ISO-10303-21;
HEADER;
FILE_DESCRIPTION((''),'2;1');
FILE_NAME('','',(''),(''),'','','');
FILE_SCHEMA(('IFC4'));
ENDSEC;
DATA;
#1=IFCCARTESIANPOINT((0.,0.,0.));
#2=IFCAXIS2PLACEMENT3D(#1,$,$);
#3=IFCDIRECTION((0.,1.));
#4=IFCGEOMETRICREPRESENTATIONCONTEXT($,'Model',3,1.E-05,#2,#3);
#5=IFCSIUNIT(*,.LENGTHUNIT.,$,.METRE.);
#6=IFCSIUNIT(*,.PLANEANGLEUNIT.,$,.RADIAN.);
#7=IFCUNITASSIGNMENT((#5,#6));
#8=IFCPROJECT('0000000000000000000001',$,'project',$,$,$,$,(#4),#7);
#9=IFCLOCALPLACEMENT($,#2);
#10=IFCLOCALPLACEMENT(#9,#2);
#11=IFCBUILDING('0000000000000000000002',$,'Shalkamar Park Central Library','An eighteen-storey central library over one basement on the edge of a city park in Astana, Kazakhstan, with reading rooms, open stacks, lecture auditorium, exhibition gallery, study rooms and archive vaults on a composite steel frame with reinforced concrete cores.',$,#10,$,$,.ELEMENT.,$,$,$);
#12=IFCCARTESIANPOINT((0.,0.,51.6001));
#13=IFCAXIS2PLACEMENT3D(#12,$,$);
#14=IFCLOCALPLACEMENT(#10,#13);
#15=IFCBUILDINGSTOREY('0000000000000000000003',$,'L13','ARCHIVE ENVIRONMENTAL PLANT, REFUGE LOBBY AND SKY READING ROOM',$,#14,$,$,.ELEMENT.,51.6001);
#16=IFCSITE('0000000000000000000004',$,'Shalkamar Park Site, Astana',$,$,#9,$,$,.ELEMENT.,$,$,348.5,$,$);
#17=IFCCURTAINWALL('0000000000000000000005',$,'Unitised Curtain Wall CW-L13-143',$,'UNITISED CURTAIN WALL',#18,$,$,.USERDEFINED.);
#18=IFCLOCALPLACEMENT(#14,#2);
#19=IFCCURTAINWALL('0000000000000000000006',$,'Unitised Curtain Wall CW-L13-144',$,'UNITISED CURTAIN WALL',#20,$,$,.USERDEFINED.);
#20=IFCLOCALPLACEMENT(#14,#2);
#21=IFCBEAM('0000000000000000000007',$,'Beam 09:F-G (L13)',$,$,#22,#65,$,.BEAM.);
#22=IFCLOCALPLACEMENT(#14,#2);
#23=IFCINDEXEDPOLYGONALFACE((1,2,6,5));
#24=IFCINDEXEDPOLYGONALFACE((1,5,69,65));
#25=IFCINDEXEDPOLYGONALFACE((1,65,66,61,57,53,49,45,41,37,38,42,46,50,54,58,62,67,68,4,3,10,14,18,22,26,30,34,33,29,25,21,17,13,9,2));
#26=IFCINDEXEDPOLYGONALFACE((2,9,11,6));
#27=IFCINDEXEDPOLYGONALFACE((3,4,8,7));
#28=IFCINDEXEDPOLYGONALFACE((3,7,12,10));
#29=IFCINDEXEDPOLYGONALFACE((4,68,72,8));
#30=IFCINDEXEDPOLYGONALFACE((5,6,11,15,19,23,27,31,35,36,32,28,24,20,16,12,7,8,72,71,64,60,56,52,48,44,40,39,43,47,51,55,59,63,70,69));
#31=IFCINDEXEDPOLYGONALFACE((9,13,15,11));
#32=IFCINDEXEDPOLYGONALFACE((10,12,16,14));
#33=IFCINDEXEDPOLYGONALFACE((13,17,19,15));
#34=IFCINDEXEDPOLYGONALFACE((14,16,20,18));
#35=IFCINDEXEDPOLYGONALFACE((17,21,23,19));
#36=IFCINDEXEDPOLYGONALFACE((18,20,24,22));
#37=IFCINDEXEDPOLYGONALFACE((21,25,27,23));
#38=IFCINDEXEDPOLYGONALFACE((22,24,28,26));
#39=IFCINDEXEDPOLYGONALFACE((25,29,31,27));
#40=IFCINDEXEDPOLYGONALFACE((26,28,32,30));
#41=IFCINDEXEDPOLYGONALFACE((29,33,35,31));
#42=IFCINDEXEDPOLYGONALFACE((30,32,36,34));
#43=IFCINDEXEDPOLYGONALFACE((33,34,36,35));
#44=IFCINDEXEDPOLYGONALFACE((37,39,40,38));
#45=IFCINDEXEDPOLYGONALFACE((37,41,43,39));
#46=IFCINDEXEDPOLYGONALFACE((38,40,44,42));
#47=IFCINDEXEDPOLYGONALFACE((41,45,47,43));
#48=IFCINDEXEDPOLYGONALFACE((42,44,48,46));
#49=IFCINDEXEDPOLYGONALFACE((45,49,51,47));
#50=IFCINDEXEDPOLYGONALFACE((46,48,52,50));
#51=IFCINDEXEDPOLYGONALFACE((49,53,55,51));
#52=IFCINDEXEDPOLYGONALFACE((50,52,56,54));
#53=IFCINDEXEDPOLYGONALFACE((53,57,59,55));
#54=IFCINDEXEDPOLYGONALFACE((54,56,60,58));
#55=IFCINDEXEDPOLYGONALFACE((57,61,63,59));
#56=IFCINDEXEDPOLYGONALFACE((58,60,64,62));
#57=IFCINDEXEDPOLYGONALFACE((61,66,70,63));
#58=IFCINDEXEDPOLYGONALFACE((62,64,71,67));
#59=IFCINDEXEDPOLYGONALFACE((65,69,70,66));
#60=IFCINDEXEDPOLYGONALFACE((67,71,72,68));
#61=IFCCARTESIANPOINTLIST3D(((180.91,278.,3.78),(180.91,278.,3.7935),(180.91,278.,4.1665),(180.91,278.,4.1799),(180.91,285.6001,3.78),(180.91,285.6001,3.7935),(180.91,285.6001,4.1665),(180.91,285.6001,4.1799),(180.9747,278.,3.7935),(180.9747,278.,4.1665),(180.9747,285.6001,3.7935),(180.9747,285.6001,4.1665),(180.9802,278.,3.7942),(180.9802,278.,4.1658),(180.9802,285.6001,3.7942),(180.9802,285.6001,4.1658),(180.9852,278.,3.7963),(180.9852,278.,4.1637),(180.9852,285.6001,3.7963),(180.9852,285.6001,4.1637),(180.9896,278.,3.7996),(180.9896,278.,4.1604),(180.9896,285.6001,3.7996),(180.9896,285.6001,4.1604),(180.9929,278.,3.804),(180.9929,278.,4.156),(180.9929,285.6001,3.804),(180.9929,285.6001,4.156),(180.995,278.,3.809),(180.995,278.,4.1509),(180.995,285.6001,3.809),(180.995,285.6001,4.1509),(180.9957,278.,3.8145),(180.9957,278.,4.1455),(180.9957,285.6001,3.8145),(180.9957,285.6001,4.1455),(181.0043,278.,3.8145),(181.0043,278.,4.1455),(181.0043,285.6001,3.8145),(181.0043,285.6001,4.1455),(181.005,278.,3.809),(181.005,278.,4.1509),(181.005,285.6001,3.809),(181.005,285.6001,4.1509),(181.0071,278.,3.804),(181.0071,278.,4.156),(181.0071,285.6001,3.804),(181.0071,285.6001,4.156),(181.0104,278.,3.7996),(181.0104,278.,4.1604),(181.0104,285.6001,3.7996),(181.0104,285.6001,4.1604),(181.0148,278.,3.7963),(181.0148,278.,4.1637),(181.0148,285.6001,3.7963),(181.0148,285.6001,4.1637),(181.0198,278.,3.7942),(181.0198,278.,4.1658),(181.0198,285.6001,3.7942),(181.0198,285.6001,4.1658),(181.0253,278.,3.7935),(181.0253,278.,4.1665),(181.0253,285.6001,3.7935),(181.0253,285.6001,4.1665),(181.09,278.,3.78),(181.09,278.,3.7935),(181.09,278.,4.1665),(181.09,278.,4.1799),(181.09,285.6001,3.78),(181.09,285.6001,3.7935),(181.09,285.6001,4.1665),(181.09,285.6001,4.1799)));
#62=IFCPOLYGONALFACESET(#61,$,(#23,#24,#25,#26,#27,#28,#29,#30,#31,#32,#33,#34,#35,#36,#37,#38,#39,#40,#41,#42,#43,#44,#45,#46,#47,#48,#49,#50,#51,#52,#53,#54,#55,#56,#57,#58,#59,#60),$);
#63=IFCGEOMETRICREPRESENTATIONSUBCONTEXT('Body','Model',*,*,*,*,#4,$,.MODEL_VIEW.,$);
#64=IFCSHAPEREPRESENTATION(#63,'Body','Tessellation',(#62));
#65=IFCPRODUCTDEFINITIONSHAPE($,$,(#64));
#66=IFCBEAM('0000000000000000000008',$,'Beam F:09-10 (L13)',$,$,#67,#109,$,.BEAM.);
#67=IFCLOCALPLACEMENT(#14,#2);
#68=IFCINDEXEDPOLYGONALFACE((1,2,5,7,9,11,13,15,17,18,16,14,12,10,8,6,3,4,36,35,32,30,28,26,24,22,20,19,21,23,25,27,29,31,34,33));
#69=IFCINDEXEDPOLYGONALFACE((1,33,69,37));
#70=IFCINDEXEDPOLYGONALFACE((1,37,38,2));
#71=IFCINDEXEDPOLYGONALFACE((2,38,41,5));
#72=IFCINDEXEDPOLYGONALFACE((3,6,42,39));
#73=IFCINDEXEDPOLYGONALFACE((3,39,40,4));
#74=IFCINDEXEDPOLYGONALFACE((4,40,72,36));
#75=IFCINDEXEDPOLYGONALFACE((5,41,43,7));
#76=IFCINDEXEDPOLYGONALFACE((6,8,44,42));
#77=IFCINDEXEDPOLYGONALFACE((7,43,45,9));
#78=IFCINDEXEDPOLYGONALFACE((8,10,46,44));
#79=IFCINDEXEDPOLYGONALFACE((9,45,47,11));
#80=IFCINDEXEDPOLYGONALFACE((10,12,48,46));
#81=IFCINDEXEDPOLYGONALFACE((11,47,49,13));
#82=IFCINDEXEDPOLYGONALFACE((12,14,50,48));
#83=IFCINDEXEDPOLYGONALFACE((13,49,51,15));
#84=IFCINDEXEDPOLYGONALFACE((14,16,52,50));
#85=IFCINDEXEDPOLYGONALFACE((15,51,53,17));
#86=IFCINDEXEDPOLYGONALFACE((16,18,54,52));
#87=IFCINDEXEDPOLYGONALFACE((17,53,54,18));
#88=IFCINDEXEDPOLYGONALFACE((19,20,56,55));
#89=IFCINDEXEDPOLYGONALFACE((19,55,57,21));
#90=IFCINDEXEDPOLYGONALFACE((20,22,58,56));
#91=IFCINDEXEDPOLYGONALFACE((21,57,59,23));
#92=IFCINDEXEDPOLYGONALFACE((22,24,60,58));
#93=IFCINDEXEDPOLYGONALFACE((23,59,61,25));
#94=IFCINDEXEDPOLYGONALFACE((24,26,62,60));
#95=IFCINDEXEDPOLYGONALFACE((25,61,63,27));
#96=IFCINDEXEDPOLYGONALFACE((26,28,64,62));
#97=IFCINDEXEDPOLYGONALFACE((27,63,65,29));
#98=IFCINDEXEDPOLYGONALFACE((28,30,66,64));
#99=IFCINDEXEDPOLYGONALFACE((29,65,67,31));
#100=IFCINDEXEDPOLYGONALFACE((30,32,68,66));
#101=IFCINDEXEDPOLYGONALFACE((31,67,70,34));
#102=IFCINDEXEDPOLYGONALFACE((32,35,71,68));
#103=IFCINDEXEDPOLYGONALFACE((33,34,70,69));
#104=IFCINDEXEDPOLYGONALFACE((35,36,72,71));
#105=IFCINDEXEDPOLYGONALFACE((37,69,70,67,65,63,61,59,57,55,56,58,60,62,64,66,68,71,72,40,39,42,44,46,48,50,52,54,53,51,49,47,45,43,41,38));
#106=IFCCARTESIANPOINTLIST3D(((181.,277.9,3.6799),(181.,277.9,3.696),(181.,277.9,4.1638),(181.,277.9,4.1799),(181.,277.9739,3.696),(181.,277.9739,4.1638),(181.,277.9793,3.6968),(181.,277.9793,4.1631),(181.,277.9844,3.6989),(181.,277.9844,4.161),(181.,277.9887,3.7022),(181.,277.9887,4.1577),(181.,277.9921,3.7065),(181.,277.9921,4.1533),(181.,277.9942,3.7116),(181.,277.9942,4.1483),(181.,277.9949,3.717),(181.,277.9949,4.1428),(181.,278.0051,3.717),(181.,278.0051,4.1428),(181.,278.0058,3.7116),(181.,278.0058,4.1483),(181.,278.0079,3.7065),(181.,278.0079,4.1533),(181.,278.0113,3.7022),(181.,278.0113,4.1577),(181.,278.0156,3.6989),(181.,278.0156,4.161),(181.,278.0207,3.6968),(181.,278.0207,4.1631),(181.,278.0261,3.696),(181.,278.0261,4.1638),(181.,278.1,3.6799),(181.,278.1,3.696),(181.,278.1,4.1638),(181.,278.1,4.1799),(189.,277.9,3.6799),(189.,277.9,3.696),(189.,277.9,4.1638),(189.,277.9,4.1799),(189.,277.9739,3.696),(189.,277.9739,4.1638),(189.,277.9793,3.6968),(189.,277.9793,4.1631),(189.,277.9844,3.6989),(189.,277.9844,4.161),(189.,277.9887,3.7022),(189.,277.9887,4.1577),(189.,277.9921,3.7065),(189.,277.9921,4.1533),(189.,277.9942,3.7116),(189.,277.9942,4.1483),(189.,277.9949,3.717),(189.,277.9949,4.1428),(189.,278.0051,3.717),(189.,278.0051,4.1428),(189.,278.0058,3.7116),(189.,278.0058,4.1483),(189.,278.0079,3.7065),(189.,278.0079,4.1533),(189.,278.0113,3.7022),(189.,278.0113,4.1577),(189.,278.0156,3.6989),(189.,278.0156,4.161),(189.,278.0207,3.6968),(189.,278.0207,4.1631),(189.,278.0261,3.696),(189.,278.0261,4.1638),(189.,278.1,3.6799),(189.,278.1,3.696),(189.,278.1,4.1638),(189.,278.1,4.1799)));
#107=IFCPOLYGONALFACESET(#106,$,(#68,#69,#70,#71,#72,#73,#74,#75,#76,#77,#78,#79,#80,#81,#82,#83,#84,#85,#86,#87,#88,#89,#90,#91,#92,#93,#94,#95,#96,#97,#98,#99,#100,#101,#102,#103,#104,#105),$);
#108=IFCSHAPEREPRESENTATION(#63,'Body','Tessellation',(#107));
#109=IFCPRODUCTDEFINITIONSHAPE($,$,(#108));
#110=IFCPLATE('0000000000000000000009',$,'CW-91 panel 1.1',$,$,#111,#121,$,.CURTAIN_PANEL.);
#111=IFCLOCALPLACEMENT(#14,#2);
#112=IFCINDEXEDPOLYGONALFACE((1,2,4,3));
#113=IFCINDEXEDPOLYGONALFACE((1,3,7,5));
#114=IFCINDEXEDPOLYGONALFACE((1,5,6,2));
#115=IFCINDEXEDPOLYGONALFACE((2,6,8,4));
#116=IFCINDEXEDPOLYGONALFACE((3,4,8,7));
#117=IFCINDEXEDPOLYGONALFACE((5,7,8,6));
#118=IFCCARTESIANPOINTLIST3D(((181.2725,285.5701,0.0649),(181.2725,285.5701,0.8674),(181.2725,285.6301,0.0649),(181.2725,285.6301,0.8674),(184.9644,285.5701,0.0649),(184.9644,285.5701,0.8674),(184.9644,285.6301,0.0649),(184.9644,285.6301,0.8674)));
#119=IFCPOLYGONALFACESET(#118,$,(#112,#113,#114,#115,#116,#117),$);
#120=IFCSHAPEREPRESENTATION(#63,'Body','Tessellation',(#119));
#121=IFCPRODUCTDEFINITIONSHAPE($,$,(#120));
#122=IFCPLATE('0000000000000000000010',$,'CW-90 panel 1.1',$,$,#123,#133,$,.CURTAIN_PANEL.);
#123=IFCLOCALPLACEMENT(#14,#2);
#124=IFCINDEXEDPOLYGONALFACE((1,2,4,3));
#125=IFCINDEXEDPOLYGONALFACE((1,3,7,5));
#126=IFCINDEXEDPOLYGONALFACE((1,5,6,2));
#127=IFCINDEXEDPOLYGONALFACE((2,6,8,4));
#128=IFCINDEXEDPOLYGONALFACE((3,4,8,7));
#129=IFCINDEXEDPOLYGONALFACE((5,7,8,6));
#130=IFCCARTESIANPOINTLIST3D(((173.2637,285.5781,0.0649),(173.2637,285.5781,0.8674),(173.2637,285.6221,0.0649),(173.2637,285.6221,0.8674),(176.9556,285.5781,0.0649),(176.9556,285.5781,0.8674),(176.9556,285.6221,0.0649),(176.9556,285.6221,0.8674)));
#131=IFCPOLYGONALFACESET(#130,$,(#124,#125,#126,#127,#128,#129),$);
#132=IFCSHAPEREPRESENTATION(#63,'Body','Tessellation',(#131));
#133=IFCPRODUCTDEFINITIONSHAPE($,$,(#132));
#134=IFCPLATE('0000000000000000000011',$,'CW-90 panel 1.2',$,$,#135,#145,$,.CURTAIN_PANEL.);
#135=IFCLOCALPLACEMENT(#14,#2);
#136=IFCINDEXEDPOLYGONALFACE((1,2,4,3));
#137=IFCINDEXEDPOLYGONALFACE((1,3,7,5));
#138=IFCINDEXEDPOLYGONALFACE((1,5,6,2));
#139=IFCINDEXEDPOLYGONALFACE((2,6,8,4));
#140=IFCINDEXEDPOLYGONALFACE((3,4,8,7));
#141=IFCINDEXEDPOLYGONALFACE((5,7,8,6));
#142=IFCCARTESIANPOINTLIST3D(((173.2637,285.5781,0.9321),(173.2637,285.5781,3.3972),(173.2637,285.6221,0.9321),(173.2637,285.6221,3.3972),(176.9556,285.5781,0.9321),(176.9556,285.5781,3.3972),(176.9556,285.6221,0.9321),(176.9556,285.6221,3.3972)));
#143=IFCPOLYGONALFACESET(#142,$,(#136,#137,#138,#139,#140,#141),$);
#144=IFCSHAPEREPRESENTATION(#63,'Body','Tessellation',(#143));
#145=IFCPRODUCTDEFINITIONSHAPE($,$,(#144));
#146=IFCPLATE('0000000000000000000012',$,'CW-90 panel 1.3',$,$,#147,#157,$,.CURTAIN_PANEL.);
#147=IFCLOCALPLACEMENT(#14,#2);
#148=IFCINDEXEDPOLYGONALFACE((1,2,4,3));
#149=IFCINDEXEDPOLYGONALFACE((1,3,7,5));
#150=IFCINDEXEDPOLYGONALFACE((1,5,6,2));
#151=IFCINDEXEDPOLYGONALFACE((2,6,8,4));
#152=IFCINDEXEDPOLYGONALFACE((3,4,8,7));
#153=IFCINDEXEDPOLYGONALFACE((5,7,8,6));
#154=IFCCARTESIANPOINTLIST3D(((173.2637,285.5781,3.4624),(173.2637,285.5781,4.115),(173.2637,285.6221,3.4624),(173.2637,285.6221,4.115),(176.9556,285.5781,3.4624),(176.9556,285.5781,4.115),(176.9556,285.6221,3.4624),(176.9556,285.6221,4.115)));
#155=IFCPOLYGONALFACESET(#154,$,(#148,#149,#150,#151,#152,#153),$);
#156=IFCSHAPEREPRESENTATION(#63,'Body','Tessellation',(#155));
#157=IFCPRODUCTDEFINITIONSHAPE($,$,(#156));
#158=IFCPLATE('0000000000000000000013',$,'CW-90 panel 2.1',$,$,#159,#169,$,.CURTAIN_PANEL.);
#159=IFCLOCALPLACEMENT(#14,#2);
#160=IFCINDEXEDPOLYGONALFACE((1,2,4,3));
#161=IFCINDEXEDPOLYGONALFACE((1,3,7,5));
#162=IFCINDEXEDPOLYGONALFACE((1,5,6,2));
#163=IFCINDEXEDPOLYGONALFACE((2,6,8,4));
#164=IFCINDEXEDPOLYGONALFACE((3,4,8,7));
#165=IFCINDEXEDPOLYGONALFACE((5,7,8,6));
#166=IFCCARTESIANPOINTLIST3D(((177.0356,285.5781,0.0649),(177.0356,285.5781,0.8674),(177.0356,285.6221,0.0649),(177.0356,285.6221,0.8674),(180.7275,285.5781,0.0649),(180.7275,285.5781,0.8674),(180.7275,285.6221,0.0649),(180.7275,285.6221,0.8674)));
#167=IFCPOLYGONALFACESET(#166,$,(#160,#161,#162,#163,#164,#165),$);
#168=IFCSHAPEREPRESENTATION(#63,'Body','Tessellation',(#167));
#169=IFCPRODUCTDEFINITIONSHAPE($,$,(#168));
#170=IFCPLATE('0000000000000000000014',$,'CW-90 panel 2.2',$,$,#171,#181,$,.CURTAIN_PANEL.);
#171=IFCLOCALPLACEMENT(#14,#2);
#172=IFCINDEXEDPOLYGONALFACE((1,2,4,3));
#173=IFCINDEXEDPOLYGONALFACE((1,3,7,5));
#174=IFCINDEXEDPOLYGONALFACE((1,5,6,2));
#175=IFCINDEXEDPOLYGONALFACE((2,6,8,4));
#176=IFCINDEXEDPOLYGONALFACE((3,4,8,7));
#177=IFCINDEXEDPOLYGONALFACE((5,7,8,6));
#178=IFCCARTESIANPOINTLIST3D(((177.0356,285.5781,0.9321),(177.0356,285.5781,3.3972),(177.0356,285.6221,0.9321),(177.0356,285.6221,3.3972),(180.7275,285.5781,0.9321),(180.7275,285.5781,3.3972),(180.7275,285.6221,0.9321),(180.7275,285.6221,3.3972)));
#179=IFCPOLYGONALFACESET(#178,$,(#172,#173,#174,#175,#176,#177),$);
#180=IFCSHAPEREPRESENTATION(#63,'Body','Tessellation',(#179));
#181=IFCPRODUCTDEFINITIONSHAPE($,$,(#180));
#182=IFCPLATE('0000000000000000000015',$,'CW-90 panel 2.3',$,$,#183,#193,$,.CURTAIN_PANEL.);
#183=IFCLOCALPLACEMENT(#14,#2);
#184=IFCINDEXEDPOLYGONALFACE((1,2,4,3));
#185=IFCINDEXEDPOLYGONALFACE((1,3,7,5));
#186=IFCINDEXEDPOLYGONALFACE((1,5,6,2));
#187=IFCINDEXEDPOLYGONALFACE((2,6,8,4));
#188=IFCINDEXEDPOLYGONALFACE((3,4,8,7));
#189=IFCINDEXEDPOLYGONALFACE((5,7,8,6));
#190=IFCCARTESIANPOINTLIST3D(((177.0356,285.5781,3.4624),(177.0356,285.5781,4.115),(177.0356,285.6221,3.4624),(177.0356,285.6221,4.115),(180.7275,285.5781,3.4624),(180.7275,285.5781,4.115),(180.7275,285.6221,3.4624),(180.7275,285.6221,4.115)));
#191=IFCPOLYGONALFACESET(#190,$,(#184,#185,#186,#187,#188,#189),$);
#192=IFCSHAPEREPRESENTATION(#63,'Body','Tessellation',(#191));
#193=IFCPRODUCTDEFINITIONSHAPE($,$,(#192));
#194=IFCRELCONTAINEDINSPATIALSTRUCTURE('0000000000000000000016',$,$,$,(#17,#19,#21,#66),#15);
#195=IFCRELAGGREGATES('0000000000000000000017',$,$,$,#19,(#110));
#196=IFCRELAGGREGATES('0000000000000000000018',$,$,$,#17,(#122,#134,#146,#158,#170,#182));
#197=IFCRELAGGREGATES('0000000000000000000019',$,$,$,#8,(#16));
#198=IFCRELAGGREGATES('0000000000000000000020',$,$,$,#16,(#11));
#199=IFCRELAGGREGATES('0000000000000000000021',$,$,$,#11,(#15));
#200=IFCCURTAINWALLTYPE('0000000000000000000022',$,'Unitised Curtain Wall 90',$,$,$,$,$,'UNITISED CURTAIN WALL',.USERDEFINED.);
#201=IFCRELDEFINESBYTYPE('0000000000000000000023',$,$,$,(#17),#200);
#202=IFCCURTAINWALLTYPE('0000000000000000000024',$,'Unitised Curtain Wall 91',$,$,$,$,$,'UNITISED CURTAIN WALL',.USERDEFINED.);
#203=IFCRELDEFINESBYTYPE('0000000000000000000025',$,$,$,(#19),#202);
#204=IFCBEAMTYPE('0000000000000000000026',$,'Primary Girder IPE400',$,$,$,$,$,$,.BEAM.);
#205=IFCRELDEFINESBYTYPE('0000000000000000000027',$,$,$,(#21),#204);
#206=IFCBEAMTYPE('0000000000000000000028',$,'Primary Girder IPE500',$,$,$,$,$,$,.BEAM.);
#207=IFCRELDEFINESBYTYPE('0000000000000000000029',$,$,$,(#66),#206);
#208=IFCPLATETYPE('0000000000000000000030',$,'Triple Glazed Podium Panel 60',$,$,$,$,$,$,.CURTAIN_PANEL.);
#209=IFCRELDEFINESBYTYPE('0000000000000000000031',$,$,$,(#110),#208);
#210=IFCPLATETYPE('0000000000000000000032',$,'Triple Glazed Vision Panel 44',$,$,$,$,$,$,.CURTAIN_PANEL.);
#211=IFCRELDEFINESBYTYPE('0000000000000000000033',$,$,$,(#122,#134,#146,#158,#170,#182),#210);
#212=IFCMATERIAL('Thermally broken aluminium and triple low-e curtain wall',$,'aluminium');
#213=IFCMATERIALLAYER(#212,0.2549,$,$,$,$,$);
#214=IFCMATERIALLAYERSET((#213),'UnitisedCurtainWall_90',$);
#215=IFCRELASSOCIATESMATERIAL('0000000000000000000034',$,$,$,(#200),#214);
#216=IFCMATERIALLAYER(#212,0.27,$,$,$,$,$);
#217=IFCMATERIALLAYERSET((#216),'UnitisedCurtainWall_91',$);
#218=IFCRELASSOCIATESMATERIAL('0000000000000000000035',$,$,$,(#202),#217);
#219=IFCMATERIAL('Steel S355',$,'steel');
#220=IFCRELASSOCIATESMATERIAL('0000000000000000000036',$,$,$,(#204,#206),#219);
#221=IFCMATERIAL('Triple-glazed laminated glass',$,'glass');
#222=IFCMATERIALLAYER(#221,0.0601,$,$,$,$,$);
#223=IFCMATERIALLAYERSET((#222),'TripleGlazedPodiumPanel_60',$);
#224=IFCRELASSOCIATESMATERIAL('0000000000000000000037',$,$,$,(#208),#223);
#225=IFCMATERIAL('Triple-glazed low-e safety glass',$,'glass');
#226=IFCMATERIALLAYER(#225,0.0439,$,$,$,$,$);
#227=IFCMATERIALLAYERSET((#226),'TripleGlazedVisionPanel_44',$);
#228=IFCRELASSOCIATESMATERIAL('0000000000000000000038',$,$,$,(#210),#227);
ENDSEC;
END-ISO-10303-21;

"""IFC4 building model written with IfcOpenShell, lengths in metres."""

from ifc_helpers import new_model, si_unit, direction, frame, origin, origin_2d, place, context, subcontext, project, spatial, rectangle, i_section, extrude, material, layer, layer_set, material_profile, profile_set, type_object, element, aggregate, save


model = new_model("IFC4")

# Units and contexts
model_context = context("Model", 3, precision=1e-05, world=origin(), true_north=direction((0.0, 1.0)))
body_context = subcontext(model_context, "Body", "Model", "MODEL_VIEW")
ifc_project = project(units=[si_unit("LENGTHUNIT", "METRE"), si_unit("PLANEANGLEUNIT", "RADIAN")], contexts=[model_context])

# Site, building, storey
site_placement = place(None, origin())
site = spatial("IfcSite", under=ifc_project, at=site_placement, Name="Shalkamar Park Site, Astana", CompositionType="ELEMENT", RefElevation=348.5)
building_placement = place(site_placement, origin())
building = spatial("IfcBuilding", under=site, at=building_placement, Name="Shalkamar Park Central Library", Description="An eighteen-storey central library over one basement on the edge of a city park in Astana, Kazakhstan, with reading rooms, open stacks, lecture auditorium, exhibition gallery, study rooms and archive vaults on a composite steel frame with reinforced concrete cores.", CompositionType="ELEMENT")
storey_placement = place(building_placement, frame((0.0, 0.0, 51.6001)))
storey = spatial("IfcBuildingStorey", under=building, at=storey_placement, Name="L13", Description="ARCHIVE ENVIRONMENTAL PLANT, REFUGE LOBBY AND SKY READING ROOM", CompositionType="ELEMENT", Elevation=51.6001)

# Shared definitions
ifc_material_1 = material(Name="Steel S355", Category="steel")

# Curtain wall
ifc_material_2 = material(Name="Thermally broken aluminium and triple low-e curtain wall", Category="aluminium")
ifc_layer_1 = layer(ifc_material_2, 0.2549)
ifc_layer_set_1 = layer_set([ifc_layer_1], Name="UnitisedCurtainWall_90")
curtain_wall_type_1 = type_object("IfcCurtainWallType", Name="Unitised Curtain Wall 90", ElementType="UNITISED CURTAIN WALL", PredefinedType="USERDEFINED", material=ifc_layer_set_1)
curtain_wall_1_placement = place(storey_placement, origin())
curtain_wall_1 = element("IfcCurtainWall", 1, at=curtain_wall_1_placement, inside=storey, type_object=curtain_wall_type_1, Name="Unitised Curtain Wall CW-L13-143", ObjectType="UNITISED CURTAIN WALL", PredefinedType="USERDEFINED")

# Curtain wall
ifc_layer_2 = layer(ifc_material_2, 0.27)
ifc_layer_set_2 = layer_set([ifc_layer_2], Name="UnitisedCurtainWall_91")
curtain_wall_type_2 = type_object("IfcCurtainWallType", Name="Unitised Curtain Wall 91", ElementType="UNITISED CURTAIN WALL", PredefinedType="USERDEFINED", material=ifc_layer_set_2)
curtain_wall_2_placement = place(storey_placement, origin())
curtain_wall_2 = element("IfcCurtainWall", 2, at=curtain_wall_2_placement, inside=storey, type_object=curtain_wall_type_2, Name="Unitised Curtain Wall CW-L13-144", ObjectType="UNITISED CURTAIN WALL", PredefinedType="USERDEFINED")

# Beams
ifc_material_profile_1 = material_profile(ifc_material_1, i_section(OverallWidth=0.1799, OverallDepth=0.3999, WebThickness=0.0085, FlangeThickness=0.0134, FilletRadius=0.021, at=origin_2d()), Name="IPE 400")
ifc_profile_set_1 = profile_set([ifc_material_profile_1], Name="Steel S355")
beam_type_1 = type_object("IfcBeamType", Name="Primary Girder IPE400", PredefinedType="BEAM", material=ifc_profile_set_1)
beam_1_placement = place(storey_placement, frame((181.0, 278.0, 3.98), z_axis=(0.0, 1.0, 0.0), x_axis=(-1.0, 0.0, 0.0)))
element("IfcBeam", 3, at=beam_1_placement, inside=storey, type_object=beam_type_1, Name="Beam 09:F-G (L13)", PredefinedType="BEAM", context=body_context, shape_type="SweptSolid", body=[
    extrude(i_section(OverallWidth=0.1799, OverallDepth=0.3999, WebThickness=0.0085, FlangeThickness=0.0134, FilletRadius=0.021, at=origin_2d()), origin(), (0.0, 0.0, 1.0), 7.6001),
])
ifc_material_profile_2 = material_profile(ifc_material_1, i_section(OverallWidth=0.2, OverallDepth=0.5, WebThickness=0.0103, FlangeThickness=0.0161, FilletRadius=0.021, at=origin_2d()), Name="IPE 500")
ifc_profile_set_2 = profile_set([ifc_material_profile_2], Name="Steel S355")
beam_type_2 = type_object("IfcBeamType", Name="Primary Girder IPE500", PredefinedType="BEAM", material=ifc_profile_set_2)
beam_2_placement = place(storey_placement, frame((181.0, 278.0, 3.9299), z_axis=(1.0, 0.0, 0.0), x_axis=(0.0, 1.0, 0.0)))
element("IfcBeam", 4, at=beam_2_placement, inside=storey, type_object=beam_type_2, Name="Beam F:09-10 (L13)", PredefinedType="BEAM", context=body_context, shape_type="SweptSolid", body=[
    extrude(i_section(OverallWidth=0.2, OverallDepth=0.5, WebThickness=0.0103, FlangeThickness=0.0161, FilletRadius=0.021, at=origin_2d()), origin(), (0.0, 0.0, 1.0), 8.0),
])

# Plates
ifc_material_3 = material(Name="Triple-glazed laminated glass", Category="glass")
ifc_layer_3 = layer(ifc_material_3, 0.0601)
ifc_layer_set_3 = layer_set([ifc_layer_3], Name="TripleGlazedPodiumPanel_60")
plate_type_1 = type_object("IfcPlateType", Name="Triple Glazed Podium Panel 60", PredefinedType="CURTAIN_PANEL", material=ifc_layer_set_3)
plate_1_placement = place(storey_placement, frame((183.1184, 285.6001, 0.0649), z_axis=(0.0, 0.0, 1.0), x_axis=(1.0, 0.0, 0.0)))
plate_1 = element("IfcPlate", 5, at=plate_1_placement, type_object=plate_type_1, Name="CW-91 panel 1.1", PredefinedType="CURTAIN_PANEL", context=body_context, shape_type="SweptSolid", body=[
    extrude(rectangle(XDim=3.6919, YDim=0.0601, at=origin_2d()), origin(), (0.0, 0.0, 1.0), 0.8025),
])
aggregate(curtain_wall_2, [plate_1])
ifc_material_4 = material(Name="Triple-glazed low-e safety glass", Category="glass")
ifc_layer_4 = layer(ifc_material_4, 0.0439)
ifc_layer_set_4 = layer_set([ifc_layer_4], Name="TripleGlazedVisionPanel_44")
plate_type_2 = type_object("IfcPlateType", Name="Triple Glazed Vision Panel 44", PredefinedType="CURTAIN_PANEL", material=ifc_layer_set_4)
plate_2_placement = place(storey_placement, frame((175.1096, 285.6001, 0.0649), z_axis=(0.0, 0.0, 1.0), x_axis=(1.0, 0.0, 0.0)))
plate_2 = element("IfcPlate", 6, at=plate_2_placement, type_object=plate_type_2, Name="CW-90 panel 1.1", PredefinedType="CURTAIN_PANEL", context=body_context, shape_type="SweptSolid", body=[
    extrude(rectangle(XDim=3.6919, YDim=0.0439, at=origin_2d()), origin(), (0.0, 0.0, 1.0), 0.8025),
])
plate_3_placement = place(storey_placement, frame((175.1096, 285.6001, 0.9321), z_axis=(0.0, 0.0, 1.0), x_axis=(1.0, 0.0, 0.0)))
plate_3 = element("IfcPlate", 7, at=plate_3_placement, type_object=plate_type_2, Name="CW-90 panel 1.2", PredefinedType="CURTAIN_PANEL", context=body_context, shape_type="SweptSolid", body=[
    extrude(rectangle(XDim=3.6919, YDim=0.0439, at=origin_2d()), origin(), (0.0, 0.0, 1.0), 2.4651),
])
plate_4_placement = place(storey_placement, frame((175.1096, 285.6001, 3.4624), z_axis=(0.0, 0.0, 1.0), x_axis=(1.0, 0.0, 0.0)))
plate_4 = element("IfcPlate", 8, at=plate_4_placement, type_object=plate_type_2, Name="CW-90 panel 1.3", PredefinedType="CURTAIN_PANEL", context=body_context, shape_type="SweptSolid", body=[
    extrude(rectangle(XDim=3.6919, YDim=0.0439, at=origin_2d()), origin(), (0.0, 0.0, 1.0), 0.6526),
])
plate_5_placement = place(storey_placement, frame((178.8816, 285.6001, 0.0649), z_axis=(0.0, 0.0, 1.0), x_axis=(1.0, 0.0, 0.0)))
plate_5 = element("IfcPlate", 9, at=plate_5_placement, type_object=plate_type_2, Name="CW-90 panel 2.1", PredefinedType="CURTAIN_PANEL", context=body_context, shape_type="SweptSolid", body=[
    extrude(rectangle(XDim=3.6919, YDim=0.0439, at=origin_2d()), origin(), (0.0, 0.0, 1.0), 0.8025),
])
plate_6_placement = place(storey_placement, frame((178.8816, 285.6001, 0.9321), z_axis=(0.0, 0.0, 1.0), x_axis=(1.0, 0.0, 0.0)))
plate_6 = element("IfcPlate", 10, at=plate_6_placement, type_object=plate_type_2, Name="CW-90 panel 2.2", PredefinedType="CURTAIN_PANEL", context=body_context, shape_type="SweptSolid", body=[
    extrude(rectangle(XDim=3.6919, YDim=0.0439, at=origin_2d()), origin(), (0.0, 0.0, 1.0), 2.4651),
])
plate_7_placement = place(storey_placement, frame((178.8816, 285.6001, 3.4624), z_axis=(0.0, 0.0, 1.0), x_axis=(1.0, 0.0, 0.0)))
plate_7 = element("IfcPlate", 11, at=plate_7_placement, type_object=plate_type_2, Name="CW-90 panel 2.3", PredefinedType="CURTAIN_PANEL", context=body_context, shape_type="SweptSolid", body=[
    extrude(rectangle(XDim=3.6919, YDim=0.0439, at=origin_2d()), origin(), (0.0, 0.0, 1.0), 0.6526),
])
aggregate(curtain_wall_1, [plate_2, plate_3, plate_4, plate_5, plate_6, plate_7])

save(model, "model.ifc")
